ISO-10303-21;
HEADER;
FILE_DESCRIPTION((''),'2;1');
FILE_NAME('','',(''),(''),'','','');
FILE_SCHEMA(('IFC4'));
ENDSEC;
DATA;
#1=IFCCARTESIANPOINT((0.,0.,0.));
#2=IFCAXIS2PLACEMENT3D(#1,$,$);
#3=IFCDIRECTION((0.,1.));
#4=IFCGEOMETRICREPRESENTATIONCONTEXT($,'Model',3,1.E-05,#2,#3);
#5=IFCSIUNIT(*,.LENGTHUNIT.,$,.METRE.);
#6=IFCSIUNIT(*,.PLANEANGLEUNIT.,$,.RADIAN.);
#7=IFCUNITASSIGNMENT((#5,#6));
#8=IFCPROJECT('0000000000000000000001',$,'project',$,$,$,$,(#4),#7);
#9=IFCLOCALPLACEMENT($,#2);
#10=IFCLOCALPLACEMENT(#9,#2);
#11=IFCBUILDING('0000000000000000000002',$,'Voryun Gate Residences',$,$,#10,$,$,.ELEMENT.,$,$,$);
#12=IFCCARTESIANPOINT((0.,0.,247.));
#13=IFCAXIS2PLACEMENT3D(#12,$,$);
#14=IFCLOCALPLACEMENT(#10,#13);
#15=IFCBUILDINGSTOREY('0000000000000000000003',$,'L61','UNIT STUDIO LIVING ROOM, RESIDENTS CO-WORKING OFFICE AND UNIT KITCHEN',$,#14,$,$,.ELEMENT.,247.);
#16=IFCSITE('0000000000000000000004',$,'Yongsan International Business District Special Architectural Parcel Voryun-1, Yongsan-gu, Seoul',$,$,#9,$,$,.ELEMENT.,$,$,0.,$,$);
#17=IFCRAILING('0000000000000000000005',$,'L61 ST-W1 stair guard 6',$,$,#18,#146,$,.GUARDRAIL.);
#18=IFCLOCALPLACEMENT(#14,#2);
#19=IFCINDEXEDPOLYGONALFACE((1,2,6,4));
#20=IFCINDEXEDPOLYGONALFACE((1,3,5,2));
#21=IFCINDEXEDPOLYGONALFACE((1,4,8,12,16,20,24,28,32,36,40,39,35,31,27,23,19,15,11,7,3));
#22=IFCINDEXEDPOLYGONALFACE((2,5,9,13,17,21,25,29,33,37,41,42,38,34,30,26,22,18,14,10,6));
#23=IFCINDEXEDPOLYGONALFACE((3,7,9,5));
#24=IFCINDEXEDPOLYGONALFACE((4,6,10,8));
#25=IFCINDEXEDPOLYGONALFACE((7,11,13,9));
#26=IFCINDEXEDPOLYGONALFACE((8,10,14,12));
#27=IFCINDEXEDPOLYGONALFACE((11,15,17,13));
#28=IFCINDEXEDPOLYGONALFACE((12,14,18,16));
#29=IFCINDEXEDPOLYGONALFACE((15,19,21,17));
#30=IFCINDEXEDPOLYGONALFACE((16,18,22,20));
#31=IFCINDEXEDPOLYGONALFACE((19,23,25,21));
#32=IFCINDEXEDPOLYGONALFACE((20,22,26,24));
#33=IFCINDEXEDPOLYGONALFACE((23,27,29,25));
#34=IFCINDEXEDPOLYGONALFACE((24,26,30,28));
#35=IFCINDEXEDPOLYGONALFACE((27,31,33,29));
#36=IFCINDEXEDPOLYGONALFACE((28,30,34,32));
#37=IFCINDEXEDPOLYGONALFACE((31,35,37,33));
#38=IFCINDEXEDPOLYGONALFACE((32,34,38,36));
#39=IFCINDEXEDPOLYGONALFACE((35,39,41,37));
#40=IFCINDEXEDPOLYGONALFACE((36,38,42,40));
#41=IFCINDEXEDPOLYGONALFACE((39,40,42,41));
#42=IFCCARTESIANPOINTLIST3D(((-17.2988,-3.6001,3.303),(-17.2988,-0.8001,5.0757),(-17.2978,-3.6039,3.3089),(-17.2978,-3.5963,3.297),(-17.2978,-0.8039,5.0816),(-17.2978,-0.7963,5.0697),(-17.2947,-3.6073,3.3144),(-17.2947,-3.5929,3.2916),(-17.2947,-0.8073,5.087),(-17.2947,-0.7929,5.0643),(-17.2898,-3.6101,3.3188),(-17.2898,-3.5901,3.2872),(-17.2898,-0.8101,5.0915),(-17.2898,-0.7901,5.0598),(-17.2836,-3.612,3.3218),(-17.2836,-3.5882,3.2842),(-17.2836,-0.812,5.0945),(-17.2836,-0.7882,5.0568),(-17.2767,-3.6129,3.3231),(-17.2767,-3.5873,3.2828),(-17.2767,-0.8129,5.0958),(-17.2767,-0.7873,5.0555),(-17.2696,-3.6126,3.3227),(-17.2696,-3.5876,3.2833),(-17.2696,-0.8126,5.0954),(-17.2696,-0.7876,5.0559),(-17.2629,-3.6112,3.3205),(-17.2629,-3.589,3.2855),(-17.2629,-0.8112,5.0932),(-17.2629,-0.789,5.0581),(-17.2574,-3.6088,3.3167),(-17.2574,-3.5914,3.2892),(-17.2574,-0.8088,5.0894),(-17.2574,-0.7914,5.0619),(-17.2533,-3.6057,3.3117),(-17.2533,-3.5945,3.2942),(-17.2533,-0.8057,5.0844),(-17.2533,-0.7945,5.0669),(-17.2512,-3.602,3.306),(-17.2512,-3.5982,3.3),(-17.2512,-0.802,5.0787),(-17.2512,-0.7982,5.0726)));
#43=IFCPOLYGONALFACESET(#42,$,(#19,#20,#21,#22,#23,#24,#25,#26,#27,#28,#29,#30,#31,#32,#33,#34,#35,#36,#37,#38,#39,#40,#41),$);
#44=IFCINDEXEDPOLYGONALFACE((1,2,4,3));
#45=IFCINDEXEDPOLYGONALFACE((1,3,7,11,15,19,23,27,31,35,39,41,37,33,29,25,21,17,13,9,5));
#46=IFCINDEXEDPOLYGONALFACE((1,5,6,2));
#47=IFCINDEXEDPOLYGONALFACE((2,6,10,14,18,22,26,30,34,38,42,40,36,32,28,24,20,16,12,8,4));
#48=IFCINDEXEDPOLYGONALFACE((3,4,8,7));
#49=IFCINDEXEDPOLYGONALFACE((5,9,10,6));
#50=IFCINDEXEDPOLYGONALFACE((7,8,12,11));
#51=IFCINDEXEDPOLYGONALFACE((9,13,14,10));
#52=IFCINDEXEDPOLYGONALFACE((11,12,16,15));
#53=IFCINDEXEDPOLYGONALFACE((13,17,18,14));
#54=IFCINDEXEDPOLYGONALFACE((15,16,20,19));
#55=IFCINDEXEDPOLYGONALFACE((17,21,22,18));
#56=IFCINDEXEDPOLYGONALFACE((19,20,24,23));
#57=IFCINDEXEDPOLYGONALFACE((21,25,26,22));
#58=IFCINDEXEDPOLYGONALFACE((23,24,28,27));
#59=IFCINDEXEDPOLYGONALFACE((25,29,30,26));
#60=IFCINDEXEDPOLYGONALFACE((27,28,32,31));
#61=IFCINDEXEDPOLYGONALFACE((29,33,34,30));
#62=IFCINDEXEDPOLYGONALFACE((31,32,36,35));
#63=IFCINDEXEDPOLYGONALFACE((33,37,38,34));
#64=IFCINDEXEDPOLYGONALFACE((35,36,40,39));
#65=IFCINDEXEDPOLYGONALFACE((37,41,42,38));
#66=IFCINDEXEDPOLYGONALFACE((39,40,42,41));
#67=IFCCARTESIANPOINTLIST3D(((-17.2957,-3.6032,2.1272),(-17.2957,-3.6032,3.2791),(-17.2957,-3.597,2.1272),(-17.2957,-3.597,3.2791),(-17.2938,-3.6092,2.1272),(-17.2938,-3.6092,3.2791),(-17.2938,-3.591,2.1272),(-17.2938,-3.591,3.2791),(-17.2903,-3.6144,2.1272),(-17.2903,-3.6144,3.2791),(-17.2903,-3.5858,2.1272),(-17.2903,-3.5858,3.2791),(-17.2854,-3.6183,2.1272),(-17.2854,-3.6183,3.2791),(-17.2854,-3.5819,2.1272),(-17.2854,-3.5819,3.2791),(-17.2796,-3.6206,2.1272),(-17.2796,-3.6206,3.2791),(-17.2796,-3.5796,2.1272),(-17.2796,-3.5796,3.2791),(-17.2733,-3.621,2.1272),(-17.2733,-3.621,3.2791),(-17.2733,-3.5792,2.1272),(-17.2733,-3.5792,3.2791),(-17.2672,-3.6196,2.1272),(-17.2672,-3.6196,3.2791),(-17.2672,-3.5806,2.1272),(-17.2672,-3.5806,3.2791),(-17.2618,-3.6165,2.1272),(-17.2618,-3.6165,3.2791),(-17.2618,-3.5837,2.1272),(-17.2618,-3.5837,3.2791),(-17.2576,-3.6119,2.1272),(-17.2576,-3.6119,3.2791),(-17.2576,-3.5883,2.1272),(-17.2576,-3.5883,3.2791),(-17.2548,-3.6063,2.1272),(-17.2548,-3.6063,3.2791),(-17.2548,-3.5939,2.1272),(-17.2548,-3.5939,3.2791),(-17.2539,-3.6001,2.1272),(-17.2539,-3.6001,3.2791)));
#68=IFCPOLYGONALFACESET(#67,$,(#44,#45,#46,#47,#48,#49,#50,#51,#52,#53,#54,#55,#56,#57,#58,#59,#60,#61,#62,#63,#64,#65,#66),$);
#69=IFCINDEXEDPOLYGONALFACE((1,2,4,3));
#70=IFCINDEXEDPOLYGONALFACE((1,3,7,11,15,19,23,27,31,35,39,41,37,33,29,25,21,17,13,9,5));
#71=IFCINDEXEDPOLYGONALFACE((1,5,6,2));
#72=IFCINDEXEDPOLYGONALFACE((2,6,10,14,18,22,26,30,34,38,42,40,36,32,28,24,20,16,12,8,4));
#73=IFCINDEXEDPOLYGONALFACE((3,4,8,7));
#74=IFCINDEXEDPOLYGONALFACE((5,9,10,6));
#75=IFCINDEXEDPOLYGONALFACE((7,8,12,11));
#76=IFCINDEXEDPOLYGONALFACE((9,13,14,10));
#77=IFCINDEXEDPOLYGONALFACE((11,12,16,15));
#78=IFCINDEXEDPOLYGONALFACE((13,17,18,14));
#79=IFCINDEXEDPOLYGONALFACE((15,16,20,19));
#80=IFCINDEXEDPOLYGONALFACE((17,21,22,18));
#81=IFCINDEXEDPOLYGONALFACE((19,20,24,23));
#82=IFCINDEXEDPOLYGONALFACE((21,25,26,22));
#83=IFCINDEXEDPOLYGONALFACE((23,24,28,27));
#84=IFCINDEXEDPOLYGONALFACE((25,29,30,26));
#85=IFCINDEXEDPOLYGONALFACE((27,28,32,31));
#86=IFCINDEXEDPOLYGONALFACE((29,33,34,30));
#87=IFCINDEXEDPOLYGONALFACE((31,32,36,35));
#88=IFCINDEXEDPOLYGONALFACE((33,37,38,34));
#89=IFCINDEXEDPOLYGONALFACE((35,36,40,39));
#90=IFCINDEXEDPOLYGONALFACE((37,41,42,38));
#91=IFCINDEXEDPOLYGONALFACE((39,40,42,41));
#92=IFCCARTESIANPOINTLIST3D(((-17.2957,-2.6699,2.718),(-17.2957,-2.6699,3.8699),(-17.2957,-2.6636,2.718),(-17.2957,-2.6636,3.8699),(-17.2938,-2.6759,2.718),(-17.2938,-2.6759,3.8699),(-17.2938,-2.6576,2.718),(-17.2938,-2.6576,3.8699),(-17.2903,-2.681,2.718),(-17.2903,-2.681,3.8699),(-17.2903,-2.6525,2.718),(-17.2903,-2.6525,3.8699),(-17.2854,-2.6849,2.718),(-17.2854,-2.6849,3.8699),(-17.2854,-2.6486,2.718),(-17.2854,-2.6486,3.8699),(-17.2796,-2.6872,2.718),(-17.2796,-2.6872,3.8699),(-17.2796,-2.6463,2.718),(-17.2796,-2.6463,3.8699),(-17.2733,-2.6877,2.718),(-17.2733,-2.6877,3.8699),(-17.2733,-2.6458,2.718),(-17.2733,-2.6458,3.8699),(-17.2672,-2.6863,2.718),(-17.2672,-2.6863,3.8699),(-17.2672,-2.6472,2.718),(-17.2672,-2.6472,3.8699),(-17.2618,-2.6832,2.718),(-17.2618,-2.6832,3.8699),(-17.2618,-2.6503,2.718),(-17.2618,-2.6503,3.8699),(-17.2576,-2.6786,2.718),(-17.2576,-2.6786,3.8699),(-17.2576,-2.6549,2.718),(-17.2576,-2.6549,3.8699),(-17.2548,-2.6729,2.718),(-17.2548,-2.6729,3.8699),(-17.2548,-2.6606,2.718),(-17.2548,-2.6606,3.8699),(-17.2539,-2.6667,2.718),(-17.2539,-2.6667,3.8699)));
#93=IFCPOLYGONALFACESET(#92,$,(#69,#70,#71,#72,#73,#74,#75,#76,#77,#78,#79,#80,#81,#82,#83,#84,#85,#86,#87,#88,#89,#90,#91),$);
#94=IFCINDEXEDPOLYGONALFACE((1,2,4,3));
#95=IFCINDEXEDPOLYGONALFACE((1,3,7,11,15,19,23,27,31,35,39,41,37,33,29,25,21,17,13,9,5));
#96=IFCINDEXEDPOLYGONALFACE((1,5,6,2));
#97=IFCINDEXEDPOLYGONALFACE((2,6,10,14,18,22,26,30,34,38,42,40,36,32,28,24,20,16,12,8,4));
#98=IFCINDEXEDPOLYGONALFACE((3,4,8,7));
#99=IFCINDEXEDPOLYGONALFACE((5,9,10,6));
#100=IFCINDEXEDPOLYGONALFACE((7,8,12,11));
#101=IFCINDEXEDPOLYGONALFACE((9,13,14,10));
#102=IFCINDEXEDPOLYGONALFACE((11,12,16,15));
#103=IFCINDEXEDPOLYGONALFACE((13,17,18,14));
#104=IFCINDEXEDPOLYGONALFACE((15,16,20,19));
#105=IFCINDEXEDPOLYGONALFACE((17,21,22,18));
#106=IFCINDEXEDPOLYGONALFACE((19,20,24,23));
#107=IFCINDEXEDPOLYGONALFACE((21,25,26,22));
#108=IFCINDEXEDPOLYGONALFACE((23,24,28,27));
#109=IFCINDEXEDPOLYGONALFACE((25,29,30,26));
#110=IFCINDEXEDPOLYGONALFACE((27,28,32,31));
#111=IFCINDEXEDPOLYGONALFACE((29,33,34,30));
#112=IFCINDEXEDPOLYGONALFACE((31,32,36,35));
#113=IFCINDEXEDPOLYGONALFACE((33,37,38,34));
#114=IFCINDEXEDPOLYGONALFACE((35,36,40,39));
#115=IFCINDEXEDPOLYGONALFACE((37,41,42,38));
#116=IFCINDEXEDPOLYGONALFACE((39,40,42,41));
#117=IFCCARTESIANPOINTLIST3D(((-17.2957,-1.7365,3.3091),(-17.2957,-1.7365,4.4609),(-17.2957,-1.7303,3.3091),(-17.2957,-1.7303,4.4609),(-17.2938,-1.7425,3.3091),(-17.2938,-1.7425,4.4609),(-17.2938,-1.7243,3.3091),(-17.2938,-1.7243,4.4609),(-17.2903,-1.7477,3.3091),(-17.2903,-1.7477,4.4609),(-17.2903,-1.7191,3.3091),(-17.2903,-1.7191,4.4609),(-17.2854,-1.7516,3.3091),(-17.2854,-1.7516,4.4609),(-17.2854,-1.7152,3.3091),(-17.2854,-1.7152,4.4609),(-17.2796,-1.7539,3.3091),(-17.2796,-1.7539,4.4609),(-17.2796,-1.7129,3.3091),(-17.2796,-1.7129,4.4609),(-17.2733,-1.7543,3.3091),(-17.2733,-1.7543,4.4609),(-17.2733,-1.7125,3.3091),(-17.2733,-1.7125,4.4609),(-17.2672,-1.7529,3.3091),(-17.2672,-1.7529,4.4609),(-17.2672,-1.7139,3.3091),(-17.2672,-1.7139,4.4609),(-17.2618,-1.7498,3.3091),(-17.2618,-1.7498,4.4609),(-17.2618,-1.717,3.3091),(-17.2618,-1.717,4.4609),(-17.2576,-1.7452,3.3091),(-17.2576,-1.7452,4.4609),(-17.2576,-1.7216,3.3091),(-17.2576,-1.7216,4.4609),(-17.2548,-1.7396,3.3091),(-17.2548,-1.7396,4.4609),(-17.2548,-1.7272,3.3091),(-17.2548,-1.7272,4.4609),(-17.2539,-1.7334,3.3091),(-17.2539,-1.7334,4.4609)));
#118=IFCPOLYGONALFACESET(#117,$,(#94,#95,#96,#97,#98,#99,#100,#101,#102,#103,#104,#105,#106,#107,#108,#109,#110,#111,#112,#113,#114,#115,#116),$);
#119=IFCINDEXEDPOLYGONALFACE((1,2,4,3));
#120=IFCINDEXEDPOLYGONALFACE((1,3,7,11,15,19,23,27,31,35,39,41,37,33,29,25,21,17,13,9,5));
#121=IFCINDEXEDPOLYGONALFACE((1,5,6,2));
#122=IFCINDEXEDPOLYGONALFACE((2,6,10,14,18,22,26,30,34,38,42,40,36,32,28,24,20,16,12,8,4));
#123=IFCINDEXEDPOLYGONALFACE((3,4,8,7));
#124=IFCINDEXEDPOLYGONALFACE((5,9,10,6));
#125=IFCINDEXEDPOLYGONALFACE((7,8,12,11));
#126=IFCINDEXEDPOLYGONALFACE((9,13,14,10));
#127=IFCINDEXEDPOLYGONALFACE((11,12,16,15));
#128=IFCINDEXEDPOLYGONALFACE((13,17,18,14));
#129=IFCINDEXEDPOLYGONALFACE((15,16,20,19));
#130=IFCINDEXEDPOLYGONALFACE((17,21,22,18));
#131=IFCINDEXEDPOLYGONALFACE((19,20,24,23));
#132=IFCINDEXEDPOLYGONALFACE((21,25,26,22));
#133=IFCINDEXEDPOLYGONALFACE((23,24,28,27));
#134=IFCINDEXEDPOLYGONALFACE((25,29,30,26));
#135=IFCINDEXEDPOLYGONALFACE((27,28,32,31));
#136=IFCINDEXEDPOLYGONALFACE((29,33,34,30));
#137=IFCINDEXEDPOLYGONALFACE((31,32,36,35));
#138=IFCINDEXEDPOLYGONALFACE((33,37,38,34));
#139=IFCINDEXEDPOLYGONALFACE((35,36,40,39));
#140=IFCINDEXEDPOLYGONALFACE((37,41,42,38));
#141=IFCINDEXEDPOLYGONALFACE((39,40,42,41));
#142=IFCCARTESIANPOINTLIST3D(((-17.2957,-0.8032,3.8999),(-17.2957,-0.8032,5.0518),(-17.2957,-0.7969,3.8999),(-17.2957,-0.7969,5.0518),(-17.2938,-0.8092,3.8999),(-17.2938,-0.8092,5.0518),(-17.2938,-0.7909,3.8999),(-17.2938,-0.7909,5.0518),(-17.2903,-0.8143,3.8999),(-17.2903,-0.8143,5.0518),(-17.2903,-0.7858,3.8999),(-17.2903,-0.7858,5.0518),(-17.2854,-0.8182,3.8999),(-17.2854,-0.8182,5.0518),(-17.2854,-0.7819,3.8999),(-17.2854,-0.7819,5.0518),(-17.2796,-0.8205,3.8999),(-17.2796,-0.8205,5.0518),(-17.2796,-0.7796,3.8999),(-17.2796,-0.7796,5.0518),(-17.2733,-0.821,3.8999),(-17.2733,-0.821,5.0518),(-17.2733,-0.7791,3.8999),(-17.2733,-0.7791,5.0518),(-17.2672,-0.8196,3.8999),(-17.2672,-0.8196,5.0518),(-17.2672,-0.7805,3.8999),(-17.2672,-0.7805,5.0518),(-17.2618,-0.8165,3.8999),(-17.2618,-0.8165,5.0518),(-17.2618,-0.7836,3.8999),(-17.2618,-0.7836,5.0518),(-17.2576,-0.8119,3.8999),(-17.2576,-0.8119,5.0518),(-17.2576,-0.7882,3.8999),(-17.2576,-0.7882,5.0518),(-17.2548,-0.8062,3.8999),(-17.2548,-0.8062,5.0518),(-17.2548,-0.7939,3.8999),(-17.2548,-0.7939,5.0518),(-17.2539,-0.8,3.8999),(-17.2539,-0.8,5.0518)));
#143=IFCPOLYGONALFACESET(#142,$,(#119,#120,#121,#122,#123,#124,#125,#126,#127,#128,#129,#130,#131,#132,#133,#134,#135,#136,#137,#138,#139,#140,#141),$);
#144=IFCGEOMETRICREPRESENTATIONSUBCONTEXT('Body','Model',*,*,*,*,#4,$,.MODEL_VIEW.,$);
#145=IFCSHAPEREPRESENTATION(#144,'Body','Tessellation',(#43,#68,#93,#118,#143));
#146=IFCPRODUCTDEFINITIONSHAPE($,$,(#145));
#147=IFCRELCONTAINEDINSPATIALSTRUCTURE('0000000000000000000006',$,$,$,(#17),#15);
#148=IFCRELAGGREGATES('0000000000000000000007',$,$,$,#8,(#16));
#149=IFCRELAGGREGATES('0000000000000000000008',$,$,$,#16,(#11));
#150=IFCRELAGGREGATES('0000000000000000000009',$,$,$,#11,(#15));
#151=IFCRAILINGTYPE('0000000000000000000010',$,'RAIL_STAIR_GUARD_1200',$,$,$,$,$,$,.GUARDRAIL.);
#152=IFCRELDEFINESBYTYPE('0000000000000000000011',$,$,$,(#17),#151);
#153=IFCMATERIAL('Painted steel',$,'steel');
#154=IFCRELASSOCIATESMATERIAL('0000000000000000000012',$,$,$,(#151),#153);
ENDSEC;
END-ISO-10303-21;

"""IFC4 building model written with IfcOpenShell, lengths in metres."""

from ifc_helpers import new_model, si_unit, direction, frame, origin, origin_2d, place, context, subcontext, project, spatial, circle, extrude, material, type_object, element, save


model = new_model("IFC4")

# Units and contexts
model_context = context("Model", 3, precision=1e-05, world=origin(), true_north=direction((0.0, 1.0)))
body_context = subcontext(model_context, "Body", "Model", "MODEL_VIEW")
ifc_project = project(units=[si_unit("LENGTHUNIT", "METRE"), si_unit("PLANEANGLEUNIT", "RADIAN")], contexts=[model_context])

# Site, building, storey
site_placement = place(None, origin())
site = spatial("IfcSite", under=ifc_project, at=site_placement, Name="Yongsan International Business District Special Architectural Parcel Voryun-1, Yongsan-gu, Seoul", CompositionType="ELEMENT", RefElevation=0.0)
building_placement = place(site_placement, origin())
building = spatial("IfcBuilding", under=site, at=building_placement, Name="Voryun Gate Residences", CompositionType="ELEMENT")
storey_placement = place(building_placement, frame((0.0, 0.0, 247.0)))
storey = spatial("IfcBuildingStorey", under=building, at=storey_placement, Name="L61", Description="UNIT STUDIO LIVING ROOM, RESIDENTS CO-WORKING OFFICE AND UNIT KITCHEN", CompositionType="ELEMENT", Elevation=247.0)

# Railing
ifc_material_1 = material(Name="Painted steel", Category="steel")
railing_type_1 = type_object("IfcRailingType", Name="RAIL_STAIR_GUARD_1200", PredefinedType="GUARDRAIL", material=ifc_material_1)
railing_1_placement = place(storey_placement, frame((-17.2749, -3.6001, 2.1272)))
element("IfcRailing", 1, at=railing_1_placement, inside=storey, type_object=railing_type_1, Name="L61 ST-W1 stair guard 6", PredefinedType="GUARDRAIL", context=body_context, shape_type="SweptSolid", body=[
    extrude(circle(Radius=0.0239, at=origin_2d()), frame((0.0, 0.0, 1.1758), z_axis=(0.0, 0.844909, 0.53491), x_axis=(-1.0, 0.0, 0.0)), (0.0, 0.0, 1.0), 3.314),
    extrude(circle(Radius=0.021, at=origin_2d()), origin(), (0.0, 0.0, 1.0), 1.1519),
    extrude(circle(Radius=0.021, at=origin_2d()), frame((0.0, 0.9333, 0.5908)), (0.0, 0.0, 1.0), 1.1519),
    extrude(circle(Radius=0.021, at=origin_2d()), frame((0.0, 1.8667, 1.1819)), (0.0, 0.0, 1.0), 1.1519),
    extrude(circle(Radius=0.021, at=origin_2d()), frame((0.0, 2.8, 1.7727)), (0.0, 0.0, 1.0), 1.1519),
])

save(model, "model.ifc")
